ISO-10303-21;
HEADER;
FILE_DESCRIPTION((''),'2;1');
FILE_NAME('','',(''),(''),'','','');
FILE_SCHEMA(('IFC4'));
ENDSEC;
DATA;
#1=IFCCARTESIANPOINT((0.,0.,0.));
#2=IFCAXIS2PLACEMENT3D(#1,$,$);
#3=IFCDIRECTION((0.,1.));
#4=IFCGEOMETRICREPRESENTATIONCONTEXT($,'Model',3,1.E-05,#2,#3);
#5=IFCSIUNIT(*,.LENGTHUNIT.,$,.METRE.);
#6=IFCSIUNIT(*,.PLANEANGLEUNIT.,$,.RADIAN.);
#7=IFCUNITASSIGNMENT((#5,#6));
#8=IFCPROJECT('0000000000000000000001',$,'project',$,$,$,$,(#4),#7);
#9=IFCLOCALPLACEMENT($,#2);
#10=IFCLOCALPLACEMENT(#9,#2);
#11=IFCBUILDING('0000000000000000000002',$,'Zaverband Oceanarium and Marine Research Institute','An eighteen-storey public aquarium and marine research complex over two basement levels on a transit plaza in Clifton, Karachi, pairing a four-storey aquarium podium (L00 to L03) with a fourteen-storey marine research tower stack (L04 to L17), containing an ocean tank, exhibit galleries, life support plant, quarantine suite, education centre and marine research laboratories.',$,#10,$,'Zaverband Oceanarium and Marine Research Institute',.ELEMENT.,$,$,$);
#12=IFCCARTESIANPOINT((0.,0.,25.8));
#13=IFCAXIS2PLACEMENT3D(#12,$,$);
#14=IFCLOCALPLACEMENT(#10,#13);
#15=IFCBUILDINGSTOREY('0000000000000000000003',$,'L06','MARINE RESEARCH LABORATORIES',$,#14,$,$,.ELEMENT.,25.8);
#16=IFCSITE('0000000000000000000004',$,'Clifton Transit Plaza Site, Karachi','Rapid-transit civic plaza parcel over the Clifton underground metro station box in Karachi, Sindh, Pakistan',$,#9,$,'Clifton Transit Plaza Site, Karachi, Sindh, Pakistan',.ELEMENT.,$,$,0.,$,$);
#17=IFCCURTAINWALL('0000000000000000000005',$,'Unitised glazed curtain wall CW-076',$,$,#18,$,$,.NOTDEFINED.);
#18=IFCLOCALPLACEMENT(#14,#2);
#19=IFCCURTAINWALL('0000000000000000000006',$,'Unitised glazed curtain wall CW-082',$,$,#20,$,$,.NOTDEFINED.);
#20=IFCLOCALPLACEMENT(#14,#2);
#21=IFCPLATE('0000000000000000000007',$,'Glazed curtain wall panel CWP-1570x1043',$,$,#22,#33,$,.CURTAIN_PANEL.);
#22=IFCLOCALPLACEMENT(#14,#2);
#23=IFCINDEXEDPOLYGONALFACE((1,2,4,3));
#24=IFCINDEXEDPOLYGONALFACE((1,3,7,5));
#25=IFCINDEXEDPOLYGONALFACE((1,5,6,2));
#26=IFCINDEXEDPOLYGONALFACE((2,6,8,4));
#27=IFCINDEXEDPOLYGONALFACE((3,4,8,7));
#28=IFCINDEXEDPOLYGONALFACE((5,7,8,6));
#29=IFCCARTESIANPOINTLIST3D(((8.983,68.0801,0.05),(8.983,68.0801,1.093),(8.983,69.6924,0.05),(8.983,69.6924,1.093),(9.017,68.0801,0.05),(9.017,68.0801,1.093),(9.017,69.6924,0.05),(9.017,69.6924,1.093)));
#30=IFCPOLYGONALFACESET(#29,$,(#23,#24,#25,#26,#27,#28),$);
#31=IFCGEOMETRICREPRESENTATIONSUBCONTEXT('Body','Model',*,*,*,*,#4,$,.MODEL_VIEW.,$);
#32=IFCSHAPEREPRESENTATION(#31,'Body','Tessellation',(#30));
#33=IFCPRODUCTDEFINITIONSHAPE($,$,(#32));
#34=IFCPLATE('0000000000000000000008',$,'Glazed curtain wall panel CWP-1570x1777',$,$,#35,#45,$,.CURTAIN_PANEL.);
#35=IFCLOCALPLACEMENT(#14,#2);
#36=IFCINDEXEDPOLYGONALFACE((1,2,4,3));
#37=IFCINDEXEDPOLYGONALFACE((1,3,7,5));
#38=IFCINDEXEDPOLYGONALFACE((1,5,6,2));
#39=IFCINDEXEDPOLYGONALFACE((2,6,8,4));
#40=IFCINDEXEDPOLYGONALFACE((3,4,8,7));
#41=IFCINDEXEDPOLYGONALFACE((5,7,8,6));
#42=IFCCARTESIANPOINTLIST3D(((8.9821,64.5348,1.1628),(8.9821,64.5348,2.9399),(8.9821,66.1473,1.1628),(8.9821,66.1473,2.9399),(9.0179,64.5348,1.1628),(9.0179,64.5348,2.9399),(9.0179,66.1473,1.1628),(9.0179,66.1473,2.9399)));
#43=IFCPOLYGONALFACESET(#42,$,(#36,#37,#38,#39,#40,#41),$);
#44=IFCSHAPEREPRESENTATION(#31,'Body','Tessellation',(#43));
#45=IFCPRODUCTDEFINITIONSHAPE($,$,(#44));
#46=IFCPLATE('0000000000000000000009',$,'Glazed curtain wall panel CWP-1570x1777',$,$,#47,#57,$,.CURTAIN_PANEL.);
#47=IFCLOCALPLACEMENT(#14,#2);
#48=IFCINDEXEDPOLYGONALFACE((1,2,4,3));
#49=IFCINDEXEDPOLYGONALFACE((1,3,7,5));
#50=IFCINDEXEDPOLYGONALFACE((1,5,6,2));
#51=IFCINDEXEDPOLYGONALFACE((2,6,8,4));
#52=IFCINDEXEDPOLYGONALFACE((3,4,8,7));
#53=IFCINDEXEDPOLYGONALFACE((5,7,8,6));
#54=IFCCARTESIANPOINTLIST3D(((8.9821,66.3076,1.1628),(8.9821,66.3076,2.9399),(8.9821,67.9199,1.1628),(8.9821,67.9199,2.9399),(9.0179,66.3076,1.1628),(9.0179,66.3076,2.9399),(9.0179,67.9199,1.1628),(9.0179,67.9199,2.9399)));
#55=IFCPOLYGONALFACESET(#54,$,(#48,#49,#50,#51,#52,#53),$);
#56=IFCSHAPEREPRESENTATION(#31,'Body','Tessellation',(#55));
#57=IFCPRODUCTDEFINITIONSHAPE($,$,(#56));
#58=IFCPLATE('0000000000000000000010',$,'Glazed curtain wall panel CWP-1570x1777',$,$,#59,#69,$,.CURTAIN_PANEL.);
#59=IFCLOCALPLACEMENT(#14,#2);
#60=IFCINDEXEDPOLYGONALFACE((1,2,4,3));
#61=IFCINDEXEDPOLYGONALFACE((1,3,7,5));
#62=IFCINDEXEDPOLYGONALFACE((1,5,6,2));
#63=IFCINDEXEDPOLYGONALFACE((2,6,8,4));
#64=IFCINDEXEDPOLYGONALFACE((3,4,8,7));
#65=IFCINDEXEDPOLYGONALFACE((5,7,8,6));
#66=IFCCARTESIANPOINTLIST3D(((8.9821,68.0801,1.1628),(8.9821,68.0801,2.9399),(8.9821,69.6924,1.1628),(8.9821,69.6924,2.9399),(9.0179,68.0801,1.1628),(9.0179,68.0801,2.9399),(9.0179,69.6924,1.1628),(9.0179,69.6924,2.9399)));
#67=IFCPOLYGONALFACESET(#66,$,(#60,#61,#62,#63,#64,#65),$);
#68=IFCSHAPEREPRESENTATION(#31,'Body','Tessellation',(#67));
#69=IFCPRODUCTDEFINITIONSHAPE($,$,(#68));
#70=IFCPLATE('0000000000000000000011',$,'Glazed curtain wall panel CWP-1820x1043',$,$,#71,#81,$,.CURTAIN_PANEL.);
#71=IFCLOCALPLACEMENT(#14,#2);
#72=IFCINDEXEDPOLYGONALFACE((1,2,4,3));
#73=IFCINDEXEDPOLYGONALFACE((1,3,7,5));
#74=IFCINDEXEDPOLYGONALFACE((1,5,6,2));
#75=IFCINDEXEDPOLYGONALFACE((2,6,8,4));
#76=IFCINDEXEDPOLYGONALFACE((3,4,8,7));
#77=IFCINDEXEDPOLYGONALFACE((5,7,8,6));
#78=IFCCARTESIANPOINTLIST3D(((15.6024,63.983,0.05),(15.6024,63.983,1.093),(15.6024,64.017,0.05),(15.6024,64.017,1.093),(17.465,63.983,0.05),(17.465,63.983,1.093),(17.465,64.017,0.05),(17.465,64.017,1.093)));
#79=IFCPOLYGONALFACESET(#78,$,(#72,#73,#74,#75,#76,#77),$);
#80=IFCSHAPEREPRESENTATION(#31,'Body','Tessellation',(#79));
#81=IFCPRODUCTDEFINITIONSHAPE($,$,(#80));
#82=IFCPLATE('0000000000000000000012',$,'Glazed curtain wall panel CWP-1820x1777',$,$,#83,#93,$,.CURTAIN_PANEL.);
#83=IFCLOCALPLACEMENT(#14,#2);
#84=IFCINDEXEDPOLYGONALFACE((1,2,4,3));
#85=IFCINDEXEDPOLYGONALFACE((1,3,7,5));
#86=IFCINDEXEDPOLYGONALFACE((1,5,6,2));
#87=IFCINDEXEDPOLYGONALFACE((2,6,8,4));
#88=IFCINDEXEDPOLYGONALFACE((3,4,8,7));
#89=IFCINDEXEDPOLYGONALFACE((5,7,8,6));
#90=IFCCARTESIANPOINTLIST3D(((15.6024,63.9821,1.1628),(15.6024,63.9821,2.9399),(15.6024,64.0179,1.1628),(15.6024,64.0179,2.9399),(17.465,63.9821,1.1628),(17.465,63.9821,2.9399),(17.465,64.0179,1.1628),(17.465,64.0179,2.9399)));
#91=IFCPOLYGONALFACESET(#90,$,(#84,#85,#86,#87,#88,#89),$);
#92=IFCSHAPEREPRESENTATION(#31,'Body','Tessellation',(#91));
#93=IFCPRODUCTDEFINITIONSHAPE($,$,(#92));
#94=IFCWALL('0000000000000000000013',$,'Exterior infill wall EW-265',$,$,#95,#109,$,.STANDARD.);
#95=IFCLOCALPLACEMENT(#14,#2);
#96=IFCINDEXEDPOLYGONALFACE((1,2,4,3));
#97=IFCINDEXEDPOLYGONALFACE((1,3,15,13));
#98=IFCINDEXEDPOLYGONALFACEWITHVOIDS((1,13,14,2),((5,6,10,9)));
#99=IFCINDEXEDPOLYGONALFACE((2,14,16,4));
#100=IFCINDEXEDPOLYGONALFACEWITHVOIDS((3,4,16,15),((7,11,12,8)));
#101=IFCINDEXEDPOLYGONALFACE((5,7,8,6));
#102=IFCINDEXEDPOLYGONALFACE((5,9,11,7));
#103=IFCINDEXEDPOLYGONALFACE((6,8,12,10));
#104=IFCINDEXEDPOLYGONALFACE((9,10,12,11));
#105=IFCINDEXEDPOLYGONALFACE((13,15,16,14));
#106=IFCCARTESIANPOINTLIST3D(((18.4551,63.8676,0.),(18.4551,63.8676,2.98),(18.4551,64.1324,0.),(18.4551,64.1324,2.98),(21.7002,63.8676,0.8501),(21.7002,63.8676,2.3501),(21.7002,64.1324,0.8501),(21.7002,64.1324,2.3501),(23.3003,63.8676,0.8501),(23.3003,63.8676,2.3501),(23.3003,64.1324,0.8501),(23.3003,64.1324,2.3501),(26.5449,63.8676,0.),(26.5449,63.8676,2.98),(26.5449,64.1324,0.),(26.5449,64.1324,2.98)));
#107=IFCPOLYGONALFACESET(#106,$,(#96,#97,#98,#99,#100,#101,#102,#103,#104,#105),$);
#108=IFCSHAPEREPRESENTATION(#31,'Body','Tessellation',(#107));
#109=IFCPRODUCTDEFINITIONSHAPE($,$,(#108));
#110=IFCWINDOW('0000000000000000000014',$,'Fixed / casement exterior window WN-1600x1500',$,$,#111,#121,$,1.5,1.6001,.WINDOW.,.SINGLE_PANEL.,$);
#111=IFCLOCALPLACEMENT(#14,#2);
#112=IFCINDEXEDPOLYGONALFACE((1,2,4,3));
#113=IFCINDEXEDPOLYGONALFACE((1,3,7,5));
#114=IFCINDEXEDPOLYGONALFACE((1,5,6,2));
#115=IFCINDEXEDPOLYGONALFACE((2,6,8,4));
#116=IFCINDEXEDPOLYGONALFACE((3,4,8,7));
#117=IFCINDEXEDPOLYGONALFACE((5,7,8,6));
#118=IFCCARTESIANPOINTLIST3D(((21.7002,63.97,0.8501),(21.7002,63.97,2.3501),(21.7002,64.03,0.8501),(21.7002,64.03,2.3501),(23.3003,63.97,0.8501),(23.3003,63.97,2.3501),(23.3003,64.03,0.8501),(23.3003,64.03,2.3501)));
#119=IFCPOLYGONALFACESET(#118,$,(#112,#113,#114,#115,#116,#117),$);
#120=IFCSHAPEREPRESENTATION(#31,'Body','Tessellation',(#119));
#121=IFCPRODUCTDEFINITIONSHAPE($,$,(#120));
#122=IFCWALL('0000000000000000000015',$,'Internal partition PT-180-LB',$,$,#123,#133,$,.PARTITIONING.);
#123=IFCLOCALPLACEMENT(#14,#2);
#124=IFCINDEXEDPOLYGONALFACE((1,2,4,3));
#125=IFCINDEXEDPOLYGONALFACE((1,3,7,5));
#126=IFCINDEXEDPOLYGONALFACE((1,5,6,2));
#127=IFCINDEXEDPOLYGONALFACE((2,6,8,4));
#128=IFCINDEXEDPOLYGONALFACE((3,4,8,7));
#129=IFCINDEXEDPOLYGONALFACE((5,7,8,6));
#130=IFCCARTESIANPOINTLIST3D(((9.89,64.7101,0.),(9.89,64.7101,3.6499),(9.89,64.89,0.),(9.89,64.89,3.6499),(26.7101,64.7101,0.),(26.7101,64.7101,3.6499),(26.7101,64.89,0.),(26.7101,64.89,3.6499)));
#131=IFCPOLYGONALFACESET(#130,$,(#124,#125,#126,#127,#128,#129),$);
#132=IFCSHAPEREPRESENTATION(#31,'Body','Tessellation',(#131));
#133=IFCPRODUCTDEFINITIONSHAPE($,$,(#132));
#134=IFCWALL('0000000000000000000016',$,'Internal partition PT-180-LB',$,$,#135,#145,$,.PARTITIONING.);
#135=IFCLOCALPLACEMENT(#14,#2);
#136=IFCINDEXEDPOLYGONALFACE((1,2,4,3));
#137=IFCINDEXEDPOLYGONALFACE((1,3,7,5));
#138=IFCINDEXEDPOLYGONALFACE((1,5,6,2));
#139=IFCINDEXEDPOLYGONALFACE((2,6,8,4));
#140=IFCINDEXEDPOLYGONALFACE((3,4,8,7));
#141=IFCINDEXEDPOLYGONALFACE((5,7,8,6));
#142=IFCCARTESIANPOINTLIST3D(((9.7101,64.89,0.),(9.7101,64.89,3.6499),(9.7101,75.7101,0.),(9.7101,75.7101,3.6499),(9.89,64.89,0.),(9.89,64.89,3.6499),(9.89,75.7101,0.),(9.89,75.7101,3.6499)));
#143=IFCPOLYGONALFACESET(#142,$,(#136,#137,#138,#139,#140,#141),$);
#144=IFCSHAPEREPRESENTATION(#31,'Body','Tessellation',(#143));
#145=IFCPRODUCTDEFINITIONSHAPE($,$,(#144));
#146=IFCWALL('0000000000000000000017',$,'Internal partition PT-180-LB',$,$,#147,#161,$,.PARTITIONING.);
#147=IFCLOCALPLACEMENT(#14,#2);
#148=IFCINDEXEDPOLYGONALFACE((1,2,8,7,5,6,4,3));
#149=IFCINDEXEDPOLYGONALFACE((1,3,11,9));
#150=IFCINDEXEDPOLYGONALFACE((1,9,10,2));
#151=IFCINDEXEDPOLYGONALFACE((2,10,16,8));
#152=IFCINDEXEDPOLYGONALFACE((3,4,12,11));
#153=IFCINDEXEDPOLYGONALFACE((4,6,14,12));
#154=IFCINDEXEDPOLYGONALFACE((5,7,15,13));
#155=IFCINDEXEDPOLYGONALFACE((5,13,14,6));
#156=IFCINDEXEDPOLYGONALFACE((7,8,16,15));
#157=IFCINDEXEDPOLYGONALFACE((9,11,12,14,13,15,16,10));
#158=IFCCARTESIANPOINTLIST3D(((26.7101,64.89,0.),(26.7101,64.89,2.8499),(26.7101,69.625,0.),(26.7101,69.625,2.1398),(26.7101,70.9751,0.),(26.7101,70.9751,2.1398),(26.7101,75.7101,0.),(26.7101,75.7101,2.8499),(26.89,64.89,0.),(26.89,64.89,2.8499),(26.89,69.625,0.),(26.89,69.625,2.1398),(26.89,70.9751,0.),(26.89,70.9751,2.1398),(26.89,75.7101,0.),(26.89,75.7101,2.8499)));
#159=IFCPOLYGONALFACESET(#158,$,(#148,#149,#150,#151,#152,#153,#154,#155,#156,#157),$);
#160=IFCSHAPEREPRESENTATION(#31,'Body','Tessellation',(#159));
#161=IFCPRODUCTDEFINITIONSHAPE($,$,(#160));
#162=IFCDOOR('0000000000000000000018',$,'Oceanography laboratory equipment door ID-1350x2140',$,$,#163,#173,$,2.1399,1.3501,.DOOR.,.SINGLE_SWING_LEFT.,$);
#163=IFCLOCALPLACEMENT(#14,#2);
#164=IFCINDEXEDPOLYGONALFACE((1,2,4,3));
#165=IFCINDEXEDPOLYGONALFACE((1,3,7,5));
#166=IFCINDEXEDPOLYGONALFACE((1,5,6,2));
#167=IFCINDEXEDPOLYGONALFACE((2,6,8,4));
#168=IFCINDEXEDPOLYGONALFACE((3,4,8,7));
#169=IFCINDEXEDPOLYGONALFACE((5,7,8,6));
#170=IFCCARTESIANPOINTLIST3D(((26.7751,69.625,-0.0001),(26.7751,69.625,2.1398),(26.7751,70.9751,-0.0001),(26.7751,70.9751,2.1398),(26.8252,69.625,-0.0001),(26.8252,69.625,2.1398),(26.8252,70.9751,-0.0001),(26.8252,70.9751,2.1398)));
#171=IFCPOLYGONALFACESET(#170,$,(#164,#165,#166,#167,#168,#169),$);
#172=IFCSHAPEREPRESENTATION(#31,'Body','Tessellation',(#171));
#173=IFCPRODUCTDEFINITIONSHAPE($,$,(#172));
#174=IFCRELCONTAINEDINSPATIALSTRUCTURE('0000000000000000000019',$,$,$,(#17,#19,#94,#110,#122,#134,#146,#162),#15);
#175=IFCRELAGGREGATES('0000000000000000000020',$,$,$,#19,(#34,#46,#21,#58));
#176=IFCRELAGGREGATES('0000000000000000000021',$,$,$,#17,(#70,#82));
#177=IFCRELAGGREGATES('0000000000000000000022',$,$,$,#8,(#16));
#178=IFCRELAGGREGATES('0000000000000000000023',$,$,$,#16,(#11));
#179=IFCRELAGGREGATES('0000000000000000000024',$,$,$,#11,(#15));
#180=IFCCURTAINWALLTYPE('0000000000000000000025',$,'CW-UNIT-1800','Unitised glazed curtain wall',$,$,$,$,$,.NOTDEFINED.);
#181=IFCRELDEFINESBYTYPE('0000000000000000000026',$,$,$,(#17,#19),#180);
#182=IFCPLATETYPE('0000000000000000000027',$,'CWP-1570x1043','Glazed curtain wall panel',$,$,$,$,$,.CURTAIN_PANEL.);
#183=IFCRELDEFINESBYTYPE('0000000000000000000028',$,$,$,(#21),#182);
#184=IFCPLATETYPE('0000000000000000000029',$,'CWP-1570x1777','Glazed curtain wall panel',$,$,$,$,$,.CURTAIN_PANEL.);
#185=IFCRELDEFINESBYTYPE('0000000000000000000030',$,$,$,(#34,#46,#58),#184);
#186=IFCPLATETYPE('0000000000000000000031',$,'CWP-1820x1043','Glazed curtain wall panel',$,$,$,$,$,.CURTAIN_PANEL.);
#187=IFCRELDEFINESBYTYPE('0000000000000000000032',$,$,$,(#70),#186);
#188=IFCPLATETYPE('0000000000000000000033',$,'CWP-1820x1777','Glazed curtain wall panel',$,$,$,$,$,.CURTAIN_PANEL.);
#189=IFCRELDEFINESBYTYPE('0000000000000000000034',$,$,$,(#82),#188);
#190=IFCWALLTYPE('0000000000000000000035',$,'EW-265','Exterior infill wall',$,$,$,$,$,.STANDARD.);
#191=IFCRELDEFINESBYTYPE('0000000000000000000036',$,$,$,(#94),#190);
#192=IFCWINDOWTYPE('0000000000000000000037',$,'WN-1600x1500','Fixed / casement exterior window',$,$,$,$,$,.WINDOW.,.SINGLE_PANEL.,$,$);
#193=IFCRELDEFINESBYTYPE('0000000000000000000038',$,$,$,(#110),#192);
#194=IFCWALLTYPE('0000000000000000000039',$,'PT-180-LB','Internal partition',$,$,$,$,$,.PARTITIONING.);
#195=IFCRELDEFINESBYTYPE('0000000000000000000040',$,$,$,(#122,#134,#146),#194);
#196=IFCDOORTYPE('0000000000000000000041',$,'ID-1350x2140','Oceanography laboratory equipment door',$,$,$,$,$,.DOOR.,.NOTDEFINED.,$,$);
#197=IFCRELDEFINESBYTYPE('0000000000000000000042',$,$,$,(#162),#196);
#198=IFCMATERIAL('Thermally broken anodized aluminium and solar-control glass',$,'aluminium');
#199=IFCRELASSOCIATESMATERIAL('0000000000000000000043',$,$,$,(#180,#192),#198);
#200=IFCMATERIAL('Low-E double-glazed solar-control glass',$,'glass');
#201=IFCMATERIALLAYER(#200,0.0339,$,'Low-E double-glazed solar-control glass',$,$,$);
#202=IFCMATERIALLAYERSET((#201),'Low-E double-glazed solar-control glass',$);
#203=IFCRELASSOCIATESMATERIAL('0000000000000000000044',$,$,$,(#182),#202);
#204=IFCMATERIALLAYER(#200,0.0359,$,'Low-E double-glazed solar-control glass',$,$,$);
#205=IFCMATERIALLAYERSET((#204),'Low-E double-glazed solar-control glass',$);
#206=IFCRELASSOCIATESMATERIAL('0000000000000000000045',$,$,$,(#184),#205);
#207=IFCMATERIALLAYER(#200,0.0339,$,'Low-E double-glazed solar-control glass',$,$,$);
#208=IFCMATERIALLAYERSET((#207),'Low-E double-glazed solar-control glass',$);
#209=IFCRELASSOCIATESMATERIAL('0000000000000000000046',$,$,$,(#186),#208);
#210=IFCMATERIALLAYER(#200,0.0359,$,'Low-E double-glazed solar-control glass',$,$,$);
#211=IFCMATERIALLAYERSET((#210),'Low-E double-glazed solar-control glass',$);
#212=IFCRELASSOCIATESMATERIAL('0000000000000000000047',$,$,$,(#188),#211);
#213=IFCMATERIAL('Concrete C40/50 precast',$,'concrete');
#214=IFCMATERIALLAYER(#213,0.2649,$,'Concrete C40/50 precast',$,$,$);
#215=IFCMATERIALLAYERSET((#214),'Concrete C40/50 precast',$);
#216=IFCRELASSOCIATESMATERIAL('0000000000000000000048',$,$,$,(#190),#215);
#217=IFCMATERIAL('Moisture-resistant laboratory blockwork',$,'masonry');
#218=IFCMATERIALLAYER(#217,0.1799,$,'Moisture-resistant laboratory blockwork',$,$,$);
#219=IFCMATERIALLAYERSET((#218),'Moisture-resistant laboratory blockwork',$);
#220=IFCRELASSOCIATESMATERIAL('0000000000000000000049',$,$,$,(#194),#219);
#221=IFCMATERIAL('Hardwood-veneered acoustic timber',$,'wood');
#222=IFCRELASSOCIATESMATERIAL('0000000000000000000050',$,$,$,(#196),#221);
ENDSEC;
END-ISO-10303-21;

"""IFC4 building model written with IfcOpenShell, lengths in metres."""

from ifc_helpers import new_model, si_unit, direction, frame, frame_2d, origin, place, context, subcontext, project, spatial, rectangle, extrude, material, layer, layer_set, type_object, element, fill, aggregate, save


model = new_model("IFC4")

# Units and contexts
model_context = context("Model", 3, precision=1e-05, world=origin(), true_north=direction((0.0, 1.0)))
body_context = subcontext(model_context, "Body", "Model", "MODEL_VIEW")
ifc_project = project(units=[si_unit("LENGTHUNIT", "METRE"), si_unit("PLANEANGLEUNIT", "RADIAN")], contexts=[model_context])

# Site, building, storey
site_placement = place(None, origin())
site = spatial("IfcSite", under=ifc_project, at=site_placement, Name="Clifton Transit Plaza Site, Karachi", Description="Rapid-transit civic plaza parcel over the Clifton underground metro station box in Karachi, Sindh, Pakistan", LongName="Clifton Transit Plaza Site, Karachi, Sindh, Pakistan", CompositionType="ELEMENT", RefElevation=0.0)
building_placement = place(site_placement, origin())
building = spatial("IfcBuilding", under=site, at=building_placement, Name="Zaverband Oceanarium and Marine Research Institute", Description="An eighteen-storey public aquarium and marine research complex over two basement levels on a transit plaza in Clifton, Karachi, pairing a four-storey aquarium podium (L00 to L03) with a fourteen-storey marine research tower stack (L04 to L17), containing an ocean tank, exhibit galleries, life support plant, quarantine suite, education centre and marine research laboratories.", LongName="Zaverband Oceanarium and Marine Research Institute", CompositionType="ELEMENT")
storey_placement = place(building_placement, frame((0.0, 0.0, 25.8)))
storey = spatial("IfcBuildingStorey", under=building, at=storey_placement, Name="L06", Description="MARINE RESEARCH LABORATORIES", CompositionType="ELEMENT", Elevation=25.8)

# Curtain wall
ifc_material_1 = material(Name="Thermally broken anodized aluminium and solar-control glass", Category="aluminium")
curtain_wall_type = type_object("IfcCurtainWallType", Name="CW-UNIT-1800", Description="Unitised glazed curtain wall", PredefinedType="NOTDEFINED", material=ifc_material_1)
curtain_wall_1_placement = place(storey_placement, origin())
curtain_wall_1 = element("IfcCurtainWall", 1, at=curtain_wall_1_placement, inside=storey, type_object=curtain_wall_type, Name="Unitised glazed curtain wall CW-076", PredefinedType="NOTDEFINED")

# Curtain wall, plates
curtain_wall_2_placement = place(storey_placement, origin())
curtain_wall_2 = element("IfcCurtainWall", 2, at=curtain_wall_2_placement, inside=storey, type_object=curtain_wall_type, Name="Unitised glazed curtain wall CW-082", PredefinedType="NOTDEFINED")
ifc_material_2 = material(Name="Low-E double-glazed solar-control glass", Category="glass")
ifc_layer_1 = layer(ifc_material_2, 0.0339, Name="Low-E double-glazed solar-control glass")
ifc_layer_set_1 = layer_set([ifc_layer_1], Name="Low-E double-glazed solar-control glass")
plate_type_1 = type_object("IfcPlateType", Name="CWP-1570x1043", Description="Glazed curtain wall panel", PredefinedType="CURTAIN_PANEL", material=ifc_layer_set_1)
plate_1_placement = place(storey_placement, frame((9.0, 68.0801, 0.05), z_axis=(0.0, 0.0, 1.0), x_axis=(0.0, 1.0, 0.0)))
plate_1 = element("IfcPlate", 3, at=plate_1_placement, type_object=plate_type_1, Name="Glazed curtain wall panel CWP-1570x1043", PredefinedType="CURTAIN_PANEL", context=body_context, shape_type="SweptSolid", body=[
    extrude(rectangle(XDim=1.6123, YDim=0.0339, at=frame_2d((0.8062, 0.0))), origin(), (0.0, 0.0, 1.0), 1.043),
])
ifc_layer_2 = layer(ifc_material_2, 0.0359, Name="Low-E double-glazed solar-control glass")
ifc_layer_set_2 = layer_set([ifc_layer_2], Name="Low-E double-glazed solar-control glass")
plate_type_2 = type_object("IfcPlateType", Name="CWP-1570x1777", Description="Glazed curtain wall panel", PredefinedType="CURTAIN_PANEL", material=ifc_layer_set_2)
plate_2_placement = place(storey_placement, frame((9.0, 64.5349, 1.1628), z_axis=(0.0, 0.0, 1.0), x_axis=(0.0, 1.0, 0.0)))
plate_2 = element("IfcPlate", 4, at=plate_2_placement, type_object=plate_type_2, Name="Glazed curtain wall panel CWP-1570x1777", PredefinedType="CURTAIN_PANEL", context=body_context, shape_type="SweptSolid", body=[
    extrude(rectangle(XDim=1.6125, YDim=0.0359, at=frame_2d((0.8062, 0.0))), origin(), (0.0, 0.0, 1.0), 1.7771),
])
plate_3_placement = place(storey_placement, frame((9.0, 66.3076, 1.1628), z_axis=(0.0, 0.0, 1.0), x_axis=(0.0, 1.0, 0.0)))
plate_3 = element("IfcPlate", 5, at=plate_3_placement, type_object=plate_type_2, Name="Glazed curtain wall panel CWP-1570x1777", PredefinedType="CURTAIN_PANEL", context=body_context, shape_type="SweptSolid", body=[
    extrude(rectangle(XDim=1.6123, YDim=0.0359, at=frame_2d((0.8062, 0.0))), origin(), (0.0, 0.0, 1.0), 1.7771),
])
plate_4_placement = place(storey_placement, frame((9.0, 68.0801, 1.1628), z_axis=(0.0, 0.0, 1.0), x_axis=(0.0, 1.0, 0.0)))
plate_4 = element("IfcPlate", 6, at=plate_4_placement, type_object=plate_type_2, Name="Glazed curtain wall panel CWP-1570x1777", PredefinedType="CURTAIN_PANEL", context=body_context, shape_type="SweptSolid", body=[
    extrude(rectangle(XDim=1.6123, YDim=0.0359, at=frame_2d((0.8062, 0.0))), origin(), (0.0, 0.0, 1.0), 1.7771),
])
aggregate(curtain_wall_2, [plate_2, plate_3, plate_1, plate_4])

# Plates
ifc_layer_3 = layer(ifc_material_2, 0.0339, Name="Low-E double-glazed solar-control glass")
ifc_layer_set_3 = layer_set([ifc_layer_3], Name="Low-E double-glazed solar-control glass")
plate_type_3 = type_object("IfcPlateType", Name="CWP-1820x1043", Description="Glazed curtain wall panel", PredefinedType="CURTAIN_PANEL", material=ifc_layer_set_3)
plate_5_placement = place(storey_placement, frame((15.6025, 64.0, 0.05), z_axis=(0.0, 0.0, 1.0), x_axis=(1.0, 0.0, 0.0)))
plate_5 = element("IfcPlate", 7, at=plate_5_placement, type_object=plate_type_3, Name="Glazed curtain wall panel CWP-1820x1043", PredefinedType="CURTAIN_PANEL", context=body_context, shape_type="SweptSolid", body=[
    extrude(rectangle(XDim=1.8625, YDim=0.0339, at=frame_2d((0.9312, 0.0))), origin(), (0.0, 0.0, 1.0), 1.043),
])
ifc_layer_4 = layer(ifc_material_2, 0.0359, Name="Low-E double-glazed solar-control glass")
ifc_layer_set_4 = layer_set([ifc_layer_4], Name="Low-E double-glazed solar-control glass")
plate_type_4 = type_object("IfcPlateType", Name="CWP-1820x1777", Description="Glazed curtain wall panel", PredefinedType="CURTAIN_PANEL", material=ifc_layer_set_4)
plate_6_placement = place(storey_placement, frame((15.6025, 64.0, 1.1628), z_axis=(0.0, 0.0, 1.0), x_axis=(1.0, 0.0, 0.0)))
plate_6 = element("IfcPlate", 8, at=plate_6_placement, type_object=plate_type_4, Name="Glazed curtain wall panel CWP-1820x1777", PredefinedType="CURTAIN_PANEL", context=body_context, shape_type="SweptSolid", body=[
    extrude(rectangle(XDim=1.8625, YDim=0.0359, at=frame_2d((0.9312, 0.0))), origin(), (0.0, 0.0, 1.0), 1.7771),
])
aggregate(curtain_wall_1, [plate_5, plate_6])

# Wall, opening, window
ifc_material_3 = material(Name="Concrete C40/50 precast", Category="concrete")
ifc_layer_5 = layer(ifc_material_3, 0.2649, Name="Concrete C40/50 precast")
ifc_layer_set_5 = layer_set([ifc_layer_5], Name="Concrete C40/50 precast")
wall_type_1 = type_object("IfcWallType", Name="EW-265", Description="Exterior infill wall", PredefinedType="STANDARD", material=ifc_layer_set_5)
wall_1_placement = place(storey_placement, frame((18.4551, 64.0, 0.0), z_axis=(0.0, 0.0, 1.0), x_axis=(1.0, 0.0, 0.0)))
wall_1 = element("IfcWall", 9, at=wall_1_placement, inside=storey, type_object=wall_type_1, Name="Exterior infill wall EW-265", PredefinedType="STANDARD", context=body_context, shape_type="SweptSolid", body=[
    extrude(rectangle(XDim=8.0898, YDim=0.2649, at=frame_2d((4.0449, 0.0))), origin(), (0.0, 0.0, 1.0), 2.98),
])
opening_1_placement = place(wall_1_placement, frame((3.2451, 0.0, 0.8501)))
opening_1 = element("IfcOpeningElement", 10, at=opening_1_placement, cuts=wall_1, PredefinedType="OPENING", context=body_context, shape_type="SweptSolid", body=[
    extrude(rectangle(XDim=1.6001, YDim=1.5, at=frame_2d((0.8, 0.75))), frame((0.0, 0.1445, 0.0), z_axis=(0.0, -1.0, 0.0), x_axis=(1.0, 0.0, 0.0)), (0.0, 0.0, 1.0), 0.2888),
])
window_type = type_object("IfcWindowType", Name="WN-1600x1500", Description="Fixed / casement exterior window", PartitioningType="SINGLE_PANEL", PredefinedType="WINDOW", material=ifc_material_1)
window_placement = place(opening_1_placement, origin())
window = element("IfcWindow", 11, at=window_placement, inside=storey, type_object=window_type, Name="Fixed / casement exterior window WN-1600x1500", OverallHeight=1.5, OverallWidth=1.6001, PartitioningType="SINGLE_PANEL", PredefinedType="WINDOW", context=body_context, shape_type="SweptSolid", body=[
    extrude(rectangle(XDim=1.6001, YDim=1.5, at=frame_2d((0.8, 0.75))), frame((0.0, 0.03, 0.0), z_axis=(0.0, -1.0, 0.0), x_axis=(1.0, 0.0, 0.0)), (0.0, 0.0, 1.0), 0.0601),
])
fill(opening_1, window)

# Walls
ifc_material_4 = material(Name="Moisture-resistant laboratory blockwork", Category="masonry")
ifc_layer_6 = layer(ifc_material_4, 0.1799, Name="Moisture-resistant laboratory blockwork")
ifc_layer_set_6 = layer_set([ifc_layer_6], Name="Moisture-resistant laboratory blockwork")
wall_type_2 = type_object("IfcWallType", Name="PT-180-LB", Description="Internal partition", PredefinedType="PARTITIONING", material=ifc_layer_set_6)
wall_2_placement = place(storey_placement, frame((9.8899, 64.8, 0.0), z_axis=(0.0, 0.0, 1.0), x_axis=(1.0, 0.0, 0.0)))
element("IfcWall", 12, at=wall_2_placement, inside=storey, type_object=wall_type_2, Name="Internal partition PT-180-LB", PredefinedType="PARTITIONING", context=body_context, shape_type="SweptSolid", body=[
    extrude(rectangle(XDim=16.8201, YDim=0.1799, at=frame_2d((8.4102, 0.0))), origin(), (0.0, 0.0, 1.0), 3.6499),
])
wall_3_placement = place(storey_placement, frame((9.8, 64.8899, 0.0), z_axis=(0.0, 0.0, 1.0), x_axis=(0.0, 1.0, 0.0)))
element("IfcWall", 13, at=wall_3_placement, inside=storey, type_object=wall_type_2, Name="Internal partition PT-180-LB", PredefinedType="PARTITIONING", context=body_context, shape_type="SweptSolid", body=[
    extrude(rectangle(XDim=10.8201, YDim=0.1799, at=frame_2d((5.4102, 0.0))), origin(), (0.0, 0.0, 1.0), 3.6499),
])

# Wall, opening, door
wall_4_placement = place(storey_placement, frame((26.8, 64.8899, 0.0), z_axis=(0.0, 0.0, 1.0), x_axis=(0.0, 1.0, 0.0)))
wall_4 = element("IfcWall", 14, at=wall_4_placement, inside=storey, type_object=wall_type_2, Name="Internal partition PT-180-LB", PredefinedType="PARTITIONING", context=body_context, shape_type="SweptSolid", body=[
    extrude(rectangle(XDim=10.8201, YDim=0.1799, at=frame_2d((5.4102, 0.0))), origin(), (0.0, 0.0, 1.0), 2.8499),
])
opening_2_placement = place(wall_4_placement, frame((4.7351, 0.0, 0.0)))
opening_2 = element("IfcOpeningElement", 15, at=opening_2_placement, cuts=wall_4, PredefinedType="OPENING", context=body_context, shape_type="SweptSolid", body=[
    extrude(rectangle(XDim=1.3501, YDim=2.1399, at=frame_2d((0.675, 1.0698))), frame((0.0, 0.1021, 0.0), z_axis=(0.0, -1.0, 0.0), x_axis=(1.0, 0.0, 0.0)), (0.0, 0.0, 1.0), 0.2039),
])
ifc_material_5 = material(Name="Hardwood-veneered acoustic timber", Category="wood")
door_type = type_object("IfcDoorType", Name="ID-1350x2140", Description="Oceanography laboratory equipment door", OperationType="NOTDEFINED", PredefinedType="DOOR", material=ifc_material_5)
door_placement = place(opening_2_placement, origin())
door = element("IfcDoor", 16, at=door_placement, inside=storey, type_object=door_type, Name="Oceanography laboratory equipment door ID-1350x2140", OperationType="SINGLE_SWING_LEFT", OverallHeight=2.1399, OverallWidth=1.3501, PredefinedType="DOOR", context=body_context, shape_type="SweptSolid", body=[
    extrude(rectangle(XDim=1.3501, YDim=2.1399, at=frame_2d((0.675, 1.0698))), frame((0.0, 0.0249, 0.0), z_axis=(0.0, -1.0, 0.0), x_axis=(1.0, 0.0, 0.0)), (0.0, 0.0, 1.0), 0.05),
])
fill(opening_2, door)

save(model, "model.ifc")
